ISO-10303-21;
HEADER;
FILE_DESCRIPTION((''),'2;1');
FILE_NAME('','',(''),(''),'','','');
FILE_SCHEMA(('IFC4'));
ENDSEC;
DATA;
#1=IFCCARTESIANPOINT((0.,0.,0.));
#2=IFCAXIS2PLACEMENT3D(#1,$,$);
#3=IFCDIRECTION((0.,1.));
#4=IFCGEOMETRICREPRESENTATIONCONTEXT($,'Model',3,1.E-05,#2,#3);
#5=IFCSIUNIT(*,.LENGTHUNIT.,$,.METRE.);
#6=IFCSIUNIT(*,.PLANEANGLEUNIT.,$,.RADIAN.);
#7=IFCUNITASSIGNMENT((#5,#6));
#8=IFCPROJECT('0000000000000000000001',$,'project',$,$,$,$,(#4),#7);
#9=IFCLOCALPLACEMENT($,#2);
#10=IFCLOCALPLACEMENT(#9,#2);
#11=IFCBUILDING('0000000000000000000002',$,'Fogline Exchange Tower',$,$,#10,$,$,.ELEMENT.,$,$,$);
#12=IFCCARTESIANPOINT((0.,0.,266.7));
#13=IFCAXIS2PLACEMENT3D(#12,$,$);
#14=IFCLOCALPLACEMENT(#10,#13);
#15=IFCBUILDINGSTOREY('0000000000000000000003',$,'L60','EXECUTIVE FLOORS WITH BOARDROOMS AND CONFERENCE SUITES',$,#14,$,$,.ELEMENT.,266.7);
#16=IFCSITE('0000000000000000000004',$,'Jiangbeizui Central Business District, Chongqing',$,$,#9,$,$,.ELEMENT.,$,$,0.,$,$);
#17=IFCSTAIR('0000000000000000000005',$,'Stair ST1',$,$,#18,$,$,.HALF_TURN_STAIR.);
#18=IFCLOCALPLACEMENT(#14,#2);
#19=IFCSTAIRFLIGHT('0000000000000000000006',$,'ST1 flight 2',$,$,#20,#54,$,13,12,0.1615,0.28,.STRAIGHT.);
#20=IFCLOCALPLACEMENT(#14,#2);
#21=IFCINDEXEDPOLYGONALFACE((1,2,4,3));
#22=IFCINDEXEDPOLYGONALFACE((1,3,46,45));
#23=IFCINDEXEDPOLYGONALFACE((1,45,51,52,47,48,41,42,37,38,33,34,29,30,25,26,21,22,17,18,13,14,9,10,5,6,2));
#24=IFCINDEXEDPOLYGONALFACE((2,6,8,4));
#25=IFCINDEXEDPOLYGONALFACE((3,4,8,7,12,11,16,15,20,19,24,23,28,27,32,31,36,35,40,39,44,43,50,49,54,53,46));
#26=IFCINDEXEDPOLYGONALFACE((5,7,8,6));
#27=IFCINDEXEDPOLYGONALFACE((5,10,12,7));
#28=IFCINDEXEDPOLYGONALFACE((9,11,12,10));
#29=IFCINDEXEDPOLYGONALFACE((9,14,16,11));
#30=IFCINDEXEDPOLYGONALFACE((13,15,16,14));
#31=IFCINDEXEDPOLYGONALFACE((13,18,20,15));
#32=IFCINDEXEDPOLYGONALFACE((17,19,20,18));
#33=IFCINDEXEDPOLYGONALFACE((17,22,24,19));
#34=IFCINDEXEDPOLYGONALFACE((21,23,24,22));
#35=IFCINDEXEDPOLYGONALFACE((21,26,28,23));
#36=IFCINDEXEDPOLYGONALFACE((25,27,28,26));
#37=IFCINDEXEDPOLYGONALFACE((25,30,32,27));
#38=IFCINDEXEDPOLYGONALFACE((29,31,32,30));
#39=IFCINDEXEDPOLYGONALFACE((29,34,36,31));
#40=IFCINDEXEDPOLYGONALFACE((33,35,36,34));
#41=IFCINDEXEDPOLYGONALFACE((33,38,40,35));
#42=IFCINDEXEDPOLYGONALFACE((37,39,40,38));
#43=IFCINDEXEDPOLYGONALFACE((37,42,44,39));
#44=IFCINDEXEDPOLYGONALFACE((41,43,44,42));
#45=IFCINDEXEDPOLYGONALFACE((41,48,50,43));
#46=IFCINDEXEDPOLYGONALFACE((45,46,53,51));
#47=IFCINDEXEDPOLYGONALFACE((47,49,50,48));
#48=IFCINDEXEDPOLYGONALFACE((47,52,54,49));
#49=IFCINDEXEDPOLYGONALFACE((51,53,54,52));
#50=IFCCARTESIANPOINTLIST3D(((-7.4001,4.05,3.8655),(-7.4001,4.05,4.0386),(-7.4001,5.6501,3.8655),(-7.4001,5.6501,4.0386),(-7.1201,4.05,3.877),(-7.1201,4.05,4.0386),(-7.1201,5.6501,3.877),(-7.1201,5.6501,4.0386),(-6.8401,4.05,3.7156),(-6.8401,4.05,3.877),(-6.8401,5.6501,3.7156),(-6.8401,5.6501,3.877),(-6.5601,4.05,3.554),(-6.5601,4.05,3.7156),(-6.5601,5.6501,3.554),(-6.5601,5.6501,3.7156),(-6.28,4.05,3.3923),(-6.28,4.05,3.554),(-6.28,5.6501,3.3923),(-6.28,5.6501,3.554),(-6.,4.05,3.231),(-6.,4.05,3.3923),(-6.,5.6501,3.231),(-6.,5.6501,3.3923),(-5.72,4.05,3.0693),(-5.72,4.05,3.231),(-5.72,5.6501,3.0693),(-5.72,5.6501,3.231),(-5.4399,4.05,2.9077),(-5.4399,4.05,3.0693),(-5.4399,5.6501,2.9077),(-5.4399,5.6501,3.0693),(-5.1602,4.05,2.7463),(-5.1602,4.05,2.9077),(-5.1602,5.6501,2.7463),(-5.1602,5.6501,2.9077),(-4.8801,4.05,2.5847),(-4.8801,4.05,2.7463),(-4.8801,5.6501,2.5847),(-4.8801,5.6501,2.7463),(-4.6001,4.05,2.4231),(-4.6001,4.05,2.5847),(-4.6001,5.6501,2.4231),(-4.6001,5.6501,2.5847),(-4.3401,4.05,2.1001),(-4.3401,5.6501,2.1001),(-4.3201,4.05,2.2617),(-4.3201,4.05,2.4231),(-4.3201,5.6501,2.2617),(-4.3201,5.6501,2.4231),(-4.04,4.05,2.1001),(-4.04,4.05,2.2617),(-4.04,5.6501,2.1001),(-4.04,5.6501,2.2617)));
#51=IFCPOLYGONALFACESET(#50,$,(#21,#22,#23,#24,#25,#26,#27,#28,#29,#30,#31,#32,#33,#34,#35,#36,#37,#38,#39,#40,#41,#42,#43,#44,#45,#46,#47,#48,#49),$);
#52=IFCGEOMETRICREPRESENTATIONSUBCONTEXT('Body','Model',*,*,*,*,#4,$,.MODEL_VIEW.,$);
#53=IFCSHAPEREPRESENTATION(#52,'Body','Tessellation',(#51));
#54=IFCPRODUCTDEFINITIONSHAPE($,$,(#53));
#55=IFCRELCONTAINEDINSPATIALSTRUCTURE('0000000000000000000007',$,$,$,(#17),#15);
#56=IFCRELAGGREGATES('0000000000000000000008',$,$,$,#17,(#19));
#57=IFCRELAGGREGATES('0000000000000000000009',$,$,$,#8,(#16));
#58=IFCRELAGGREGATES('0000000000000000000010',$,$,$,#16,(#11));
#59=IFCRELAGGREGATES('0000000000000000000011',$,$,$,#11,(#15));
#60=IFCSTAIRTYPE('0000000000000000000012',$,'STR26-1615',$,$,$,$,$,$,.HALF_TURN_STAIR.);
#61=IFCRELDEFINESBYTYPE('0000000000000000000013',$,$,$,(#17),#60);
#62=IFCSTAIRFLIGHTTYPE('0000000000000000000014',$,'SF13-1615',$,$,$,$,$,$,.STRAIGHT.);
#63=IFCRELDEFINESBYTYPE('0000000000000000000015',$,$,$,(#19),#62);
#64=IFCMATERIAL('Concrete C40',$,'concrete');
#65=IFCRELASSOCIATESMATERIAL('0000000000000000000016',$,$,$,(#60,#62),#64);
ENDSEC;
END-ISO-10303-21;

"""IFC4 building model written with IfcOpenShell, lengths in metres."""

from ifc_helpers import new_model, si_unit, direction, frame, origin, place, context, subcontext, project, spatial, polyline, outline, extrude, material, type_object, element, aggregate, save


model = new_model("IFC4")

# Units and contexts
model_context = context("Model", 3, precision=1e-05, world=origin(), true_north=direction((0.0, 1.0)))
body_context = subcontext(model_context, "Body", "Model", "MODEL_VIEW")
ifc_project = project(units=[si_unit("LENGTHUNIT", "METRE"), si_unit("PLANEANGLEUNIT", "RADIAN")], contexts=[model_context])

# Site, building, storey
site_placement = place(None, origin())
site = spatial("IfcSite", under=ifc_project, at=site_placement, Name="Jiangbeizui Central Business District, Chongqing", CompositionType="ELEMENT", RefElevation=0.0)
building_placement = place(site_placement, origin())
building = spatial("IfcBuilding", under=site, at=building_placement, Name="Fogline Exchange Tower", CompositionType="ELEMENT")
storey_placement = place(building_placement, frame((0.0, 0.0, 266.7)))
storey = spatial("IfcBuildingStorey", under=building, at=storey_placement, Name="L60", Description="EXECUTIVE FLOORS WITH BOARDROOMS AND CONFERENCE SUITES", CompositionType="ELEMENT", Elevation=266.7)

# Shared definitions
ifc_material_1 = material(Name="Concrete C40", Category="concrete")

# Stair, stair flight
stair_type = type_object("IfcStairType", Name="STR26-1615", PredefinedType="HALF_TURN_STAIR", material=ifc_material_1)
stair_placement = place(storey_placement, origin())
stair = element("IfcStair", 1, at=stair_placement, inside=storey, type_object=stair_type, Name="Stair ST1", PredefinedType="HALF_TURN_STAIR")
stair_flight_type = type_object("IfcStairFlightType", Name="SF13-1615", PredefinedType="STRAIGHT", material=ifc_material_1)
stair_flight_1_placement = place(storey_placement, frame((-4.04, 4.8501, 2.1001), z_axis=(0.0, 0.0, 1.0), x_axis=(-1.0, 0.0, 0.0)))
stair_flight_1 = element("IfcStairFlight", 2, at=stair_flight_1_placement, type_object=stair_flight_type, Name="ST1 flight 2", NumberOfRisers=13, NumberOfTreads=12, PredefinedType="STRAIGHT", RiserHeight=0.1615, TreadLength=0.28, context=body_context, shape_type="SweptSolid", body=[
    extrude(outline(polyline([(0.0, 0.0), (0.0, 0.1616), (0.28, 0.1616), (0.28, 0.323), (0.5601, 0.323), (0.5601, 0.4846), (0.8401, 0.4846), (0.8401, 0.6462), (1.1201, 0.6462), (1.1201, 0.8076), (1.3999, 0.8076), (1.3999, 0.9692), (1.6799, 0.9692), (1.6799, 1.1309), (1.96, 1.1309), (1.96, 1.2922), (2.24, 1.2922), (2.24, 1.4539), (2.52, 1.4539), (2.52, 1.6155), (2.8, 1.6155), (2.8, 1.7769), (3.0801, 1.7769), (3.0801, 1.9385), (3.3601, 1.9385), (3.3601, 2.1001), (3.3601, 1.7654), (0.3, 0.0), (0.0, 0.0)])), frame((0.0, 0.8, 0.0), z_axis=(0.0, -1.0, 0.0), x_axis=(1.0, 0.0, 0.0)), (0.0, 0.0, 1.0), 1.6001),
])
aggregate(stair, [stair_flight_1])

save(model, "model.ifc")
